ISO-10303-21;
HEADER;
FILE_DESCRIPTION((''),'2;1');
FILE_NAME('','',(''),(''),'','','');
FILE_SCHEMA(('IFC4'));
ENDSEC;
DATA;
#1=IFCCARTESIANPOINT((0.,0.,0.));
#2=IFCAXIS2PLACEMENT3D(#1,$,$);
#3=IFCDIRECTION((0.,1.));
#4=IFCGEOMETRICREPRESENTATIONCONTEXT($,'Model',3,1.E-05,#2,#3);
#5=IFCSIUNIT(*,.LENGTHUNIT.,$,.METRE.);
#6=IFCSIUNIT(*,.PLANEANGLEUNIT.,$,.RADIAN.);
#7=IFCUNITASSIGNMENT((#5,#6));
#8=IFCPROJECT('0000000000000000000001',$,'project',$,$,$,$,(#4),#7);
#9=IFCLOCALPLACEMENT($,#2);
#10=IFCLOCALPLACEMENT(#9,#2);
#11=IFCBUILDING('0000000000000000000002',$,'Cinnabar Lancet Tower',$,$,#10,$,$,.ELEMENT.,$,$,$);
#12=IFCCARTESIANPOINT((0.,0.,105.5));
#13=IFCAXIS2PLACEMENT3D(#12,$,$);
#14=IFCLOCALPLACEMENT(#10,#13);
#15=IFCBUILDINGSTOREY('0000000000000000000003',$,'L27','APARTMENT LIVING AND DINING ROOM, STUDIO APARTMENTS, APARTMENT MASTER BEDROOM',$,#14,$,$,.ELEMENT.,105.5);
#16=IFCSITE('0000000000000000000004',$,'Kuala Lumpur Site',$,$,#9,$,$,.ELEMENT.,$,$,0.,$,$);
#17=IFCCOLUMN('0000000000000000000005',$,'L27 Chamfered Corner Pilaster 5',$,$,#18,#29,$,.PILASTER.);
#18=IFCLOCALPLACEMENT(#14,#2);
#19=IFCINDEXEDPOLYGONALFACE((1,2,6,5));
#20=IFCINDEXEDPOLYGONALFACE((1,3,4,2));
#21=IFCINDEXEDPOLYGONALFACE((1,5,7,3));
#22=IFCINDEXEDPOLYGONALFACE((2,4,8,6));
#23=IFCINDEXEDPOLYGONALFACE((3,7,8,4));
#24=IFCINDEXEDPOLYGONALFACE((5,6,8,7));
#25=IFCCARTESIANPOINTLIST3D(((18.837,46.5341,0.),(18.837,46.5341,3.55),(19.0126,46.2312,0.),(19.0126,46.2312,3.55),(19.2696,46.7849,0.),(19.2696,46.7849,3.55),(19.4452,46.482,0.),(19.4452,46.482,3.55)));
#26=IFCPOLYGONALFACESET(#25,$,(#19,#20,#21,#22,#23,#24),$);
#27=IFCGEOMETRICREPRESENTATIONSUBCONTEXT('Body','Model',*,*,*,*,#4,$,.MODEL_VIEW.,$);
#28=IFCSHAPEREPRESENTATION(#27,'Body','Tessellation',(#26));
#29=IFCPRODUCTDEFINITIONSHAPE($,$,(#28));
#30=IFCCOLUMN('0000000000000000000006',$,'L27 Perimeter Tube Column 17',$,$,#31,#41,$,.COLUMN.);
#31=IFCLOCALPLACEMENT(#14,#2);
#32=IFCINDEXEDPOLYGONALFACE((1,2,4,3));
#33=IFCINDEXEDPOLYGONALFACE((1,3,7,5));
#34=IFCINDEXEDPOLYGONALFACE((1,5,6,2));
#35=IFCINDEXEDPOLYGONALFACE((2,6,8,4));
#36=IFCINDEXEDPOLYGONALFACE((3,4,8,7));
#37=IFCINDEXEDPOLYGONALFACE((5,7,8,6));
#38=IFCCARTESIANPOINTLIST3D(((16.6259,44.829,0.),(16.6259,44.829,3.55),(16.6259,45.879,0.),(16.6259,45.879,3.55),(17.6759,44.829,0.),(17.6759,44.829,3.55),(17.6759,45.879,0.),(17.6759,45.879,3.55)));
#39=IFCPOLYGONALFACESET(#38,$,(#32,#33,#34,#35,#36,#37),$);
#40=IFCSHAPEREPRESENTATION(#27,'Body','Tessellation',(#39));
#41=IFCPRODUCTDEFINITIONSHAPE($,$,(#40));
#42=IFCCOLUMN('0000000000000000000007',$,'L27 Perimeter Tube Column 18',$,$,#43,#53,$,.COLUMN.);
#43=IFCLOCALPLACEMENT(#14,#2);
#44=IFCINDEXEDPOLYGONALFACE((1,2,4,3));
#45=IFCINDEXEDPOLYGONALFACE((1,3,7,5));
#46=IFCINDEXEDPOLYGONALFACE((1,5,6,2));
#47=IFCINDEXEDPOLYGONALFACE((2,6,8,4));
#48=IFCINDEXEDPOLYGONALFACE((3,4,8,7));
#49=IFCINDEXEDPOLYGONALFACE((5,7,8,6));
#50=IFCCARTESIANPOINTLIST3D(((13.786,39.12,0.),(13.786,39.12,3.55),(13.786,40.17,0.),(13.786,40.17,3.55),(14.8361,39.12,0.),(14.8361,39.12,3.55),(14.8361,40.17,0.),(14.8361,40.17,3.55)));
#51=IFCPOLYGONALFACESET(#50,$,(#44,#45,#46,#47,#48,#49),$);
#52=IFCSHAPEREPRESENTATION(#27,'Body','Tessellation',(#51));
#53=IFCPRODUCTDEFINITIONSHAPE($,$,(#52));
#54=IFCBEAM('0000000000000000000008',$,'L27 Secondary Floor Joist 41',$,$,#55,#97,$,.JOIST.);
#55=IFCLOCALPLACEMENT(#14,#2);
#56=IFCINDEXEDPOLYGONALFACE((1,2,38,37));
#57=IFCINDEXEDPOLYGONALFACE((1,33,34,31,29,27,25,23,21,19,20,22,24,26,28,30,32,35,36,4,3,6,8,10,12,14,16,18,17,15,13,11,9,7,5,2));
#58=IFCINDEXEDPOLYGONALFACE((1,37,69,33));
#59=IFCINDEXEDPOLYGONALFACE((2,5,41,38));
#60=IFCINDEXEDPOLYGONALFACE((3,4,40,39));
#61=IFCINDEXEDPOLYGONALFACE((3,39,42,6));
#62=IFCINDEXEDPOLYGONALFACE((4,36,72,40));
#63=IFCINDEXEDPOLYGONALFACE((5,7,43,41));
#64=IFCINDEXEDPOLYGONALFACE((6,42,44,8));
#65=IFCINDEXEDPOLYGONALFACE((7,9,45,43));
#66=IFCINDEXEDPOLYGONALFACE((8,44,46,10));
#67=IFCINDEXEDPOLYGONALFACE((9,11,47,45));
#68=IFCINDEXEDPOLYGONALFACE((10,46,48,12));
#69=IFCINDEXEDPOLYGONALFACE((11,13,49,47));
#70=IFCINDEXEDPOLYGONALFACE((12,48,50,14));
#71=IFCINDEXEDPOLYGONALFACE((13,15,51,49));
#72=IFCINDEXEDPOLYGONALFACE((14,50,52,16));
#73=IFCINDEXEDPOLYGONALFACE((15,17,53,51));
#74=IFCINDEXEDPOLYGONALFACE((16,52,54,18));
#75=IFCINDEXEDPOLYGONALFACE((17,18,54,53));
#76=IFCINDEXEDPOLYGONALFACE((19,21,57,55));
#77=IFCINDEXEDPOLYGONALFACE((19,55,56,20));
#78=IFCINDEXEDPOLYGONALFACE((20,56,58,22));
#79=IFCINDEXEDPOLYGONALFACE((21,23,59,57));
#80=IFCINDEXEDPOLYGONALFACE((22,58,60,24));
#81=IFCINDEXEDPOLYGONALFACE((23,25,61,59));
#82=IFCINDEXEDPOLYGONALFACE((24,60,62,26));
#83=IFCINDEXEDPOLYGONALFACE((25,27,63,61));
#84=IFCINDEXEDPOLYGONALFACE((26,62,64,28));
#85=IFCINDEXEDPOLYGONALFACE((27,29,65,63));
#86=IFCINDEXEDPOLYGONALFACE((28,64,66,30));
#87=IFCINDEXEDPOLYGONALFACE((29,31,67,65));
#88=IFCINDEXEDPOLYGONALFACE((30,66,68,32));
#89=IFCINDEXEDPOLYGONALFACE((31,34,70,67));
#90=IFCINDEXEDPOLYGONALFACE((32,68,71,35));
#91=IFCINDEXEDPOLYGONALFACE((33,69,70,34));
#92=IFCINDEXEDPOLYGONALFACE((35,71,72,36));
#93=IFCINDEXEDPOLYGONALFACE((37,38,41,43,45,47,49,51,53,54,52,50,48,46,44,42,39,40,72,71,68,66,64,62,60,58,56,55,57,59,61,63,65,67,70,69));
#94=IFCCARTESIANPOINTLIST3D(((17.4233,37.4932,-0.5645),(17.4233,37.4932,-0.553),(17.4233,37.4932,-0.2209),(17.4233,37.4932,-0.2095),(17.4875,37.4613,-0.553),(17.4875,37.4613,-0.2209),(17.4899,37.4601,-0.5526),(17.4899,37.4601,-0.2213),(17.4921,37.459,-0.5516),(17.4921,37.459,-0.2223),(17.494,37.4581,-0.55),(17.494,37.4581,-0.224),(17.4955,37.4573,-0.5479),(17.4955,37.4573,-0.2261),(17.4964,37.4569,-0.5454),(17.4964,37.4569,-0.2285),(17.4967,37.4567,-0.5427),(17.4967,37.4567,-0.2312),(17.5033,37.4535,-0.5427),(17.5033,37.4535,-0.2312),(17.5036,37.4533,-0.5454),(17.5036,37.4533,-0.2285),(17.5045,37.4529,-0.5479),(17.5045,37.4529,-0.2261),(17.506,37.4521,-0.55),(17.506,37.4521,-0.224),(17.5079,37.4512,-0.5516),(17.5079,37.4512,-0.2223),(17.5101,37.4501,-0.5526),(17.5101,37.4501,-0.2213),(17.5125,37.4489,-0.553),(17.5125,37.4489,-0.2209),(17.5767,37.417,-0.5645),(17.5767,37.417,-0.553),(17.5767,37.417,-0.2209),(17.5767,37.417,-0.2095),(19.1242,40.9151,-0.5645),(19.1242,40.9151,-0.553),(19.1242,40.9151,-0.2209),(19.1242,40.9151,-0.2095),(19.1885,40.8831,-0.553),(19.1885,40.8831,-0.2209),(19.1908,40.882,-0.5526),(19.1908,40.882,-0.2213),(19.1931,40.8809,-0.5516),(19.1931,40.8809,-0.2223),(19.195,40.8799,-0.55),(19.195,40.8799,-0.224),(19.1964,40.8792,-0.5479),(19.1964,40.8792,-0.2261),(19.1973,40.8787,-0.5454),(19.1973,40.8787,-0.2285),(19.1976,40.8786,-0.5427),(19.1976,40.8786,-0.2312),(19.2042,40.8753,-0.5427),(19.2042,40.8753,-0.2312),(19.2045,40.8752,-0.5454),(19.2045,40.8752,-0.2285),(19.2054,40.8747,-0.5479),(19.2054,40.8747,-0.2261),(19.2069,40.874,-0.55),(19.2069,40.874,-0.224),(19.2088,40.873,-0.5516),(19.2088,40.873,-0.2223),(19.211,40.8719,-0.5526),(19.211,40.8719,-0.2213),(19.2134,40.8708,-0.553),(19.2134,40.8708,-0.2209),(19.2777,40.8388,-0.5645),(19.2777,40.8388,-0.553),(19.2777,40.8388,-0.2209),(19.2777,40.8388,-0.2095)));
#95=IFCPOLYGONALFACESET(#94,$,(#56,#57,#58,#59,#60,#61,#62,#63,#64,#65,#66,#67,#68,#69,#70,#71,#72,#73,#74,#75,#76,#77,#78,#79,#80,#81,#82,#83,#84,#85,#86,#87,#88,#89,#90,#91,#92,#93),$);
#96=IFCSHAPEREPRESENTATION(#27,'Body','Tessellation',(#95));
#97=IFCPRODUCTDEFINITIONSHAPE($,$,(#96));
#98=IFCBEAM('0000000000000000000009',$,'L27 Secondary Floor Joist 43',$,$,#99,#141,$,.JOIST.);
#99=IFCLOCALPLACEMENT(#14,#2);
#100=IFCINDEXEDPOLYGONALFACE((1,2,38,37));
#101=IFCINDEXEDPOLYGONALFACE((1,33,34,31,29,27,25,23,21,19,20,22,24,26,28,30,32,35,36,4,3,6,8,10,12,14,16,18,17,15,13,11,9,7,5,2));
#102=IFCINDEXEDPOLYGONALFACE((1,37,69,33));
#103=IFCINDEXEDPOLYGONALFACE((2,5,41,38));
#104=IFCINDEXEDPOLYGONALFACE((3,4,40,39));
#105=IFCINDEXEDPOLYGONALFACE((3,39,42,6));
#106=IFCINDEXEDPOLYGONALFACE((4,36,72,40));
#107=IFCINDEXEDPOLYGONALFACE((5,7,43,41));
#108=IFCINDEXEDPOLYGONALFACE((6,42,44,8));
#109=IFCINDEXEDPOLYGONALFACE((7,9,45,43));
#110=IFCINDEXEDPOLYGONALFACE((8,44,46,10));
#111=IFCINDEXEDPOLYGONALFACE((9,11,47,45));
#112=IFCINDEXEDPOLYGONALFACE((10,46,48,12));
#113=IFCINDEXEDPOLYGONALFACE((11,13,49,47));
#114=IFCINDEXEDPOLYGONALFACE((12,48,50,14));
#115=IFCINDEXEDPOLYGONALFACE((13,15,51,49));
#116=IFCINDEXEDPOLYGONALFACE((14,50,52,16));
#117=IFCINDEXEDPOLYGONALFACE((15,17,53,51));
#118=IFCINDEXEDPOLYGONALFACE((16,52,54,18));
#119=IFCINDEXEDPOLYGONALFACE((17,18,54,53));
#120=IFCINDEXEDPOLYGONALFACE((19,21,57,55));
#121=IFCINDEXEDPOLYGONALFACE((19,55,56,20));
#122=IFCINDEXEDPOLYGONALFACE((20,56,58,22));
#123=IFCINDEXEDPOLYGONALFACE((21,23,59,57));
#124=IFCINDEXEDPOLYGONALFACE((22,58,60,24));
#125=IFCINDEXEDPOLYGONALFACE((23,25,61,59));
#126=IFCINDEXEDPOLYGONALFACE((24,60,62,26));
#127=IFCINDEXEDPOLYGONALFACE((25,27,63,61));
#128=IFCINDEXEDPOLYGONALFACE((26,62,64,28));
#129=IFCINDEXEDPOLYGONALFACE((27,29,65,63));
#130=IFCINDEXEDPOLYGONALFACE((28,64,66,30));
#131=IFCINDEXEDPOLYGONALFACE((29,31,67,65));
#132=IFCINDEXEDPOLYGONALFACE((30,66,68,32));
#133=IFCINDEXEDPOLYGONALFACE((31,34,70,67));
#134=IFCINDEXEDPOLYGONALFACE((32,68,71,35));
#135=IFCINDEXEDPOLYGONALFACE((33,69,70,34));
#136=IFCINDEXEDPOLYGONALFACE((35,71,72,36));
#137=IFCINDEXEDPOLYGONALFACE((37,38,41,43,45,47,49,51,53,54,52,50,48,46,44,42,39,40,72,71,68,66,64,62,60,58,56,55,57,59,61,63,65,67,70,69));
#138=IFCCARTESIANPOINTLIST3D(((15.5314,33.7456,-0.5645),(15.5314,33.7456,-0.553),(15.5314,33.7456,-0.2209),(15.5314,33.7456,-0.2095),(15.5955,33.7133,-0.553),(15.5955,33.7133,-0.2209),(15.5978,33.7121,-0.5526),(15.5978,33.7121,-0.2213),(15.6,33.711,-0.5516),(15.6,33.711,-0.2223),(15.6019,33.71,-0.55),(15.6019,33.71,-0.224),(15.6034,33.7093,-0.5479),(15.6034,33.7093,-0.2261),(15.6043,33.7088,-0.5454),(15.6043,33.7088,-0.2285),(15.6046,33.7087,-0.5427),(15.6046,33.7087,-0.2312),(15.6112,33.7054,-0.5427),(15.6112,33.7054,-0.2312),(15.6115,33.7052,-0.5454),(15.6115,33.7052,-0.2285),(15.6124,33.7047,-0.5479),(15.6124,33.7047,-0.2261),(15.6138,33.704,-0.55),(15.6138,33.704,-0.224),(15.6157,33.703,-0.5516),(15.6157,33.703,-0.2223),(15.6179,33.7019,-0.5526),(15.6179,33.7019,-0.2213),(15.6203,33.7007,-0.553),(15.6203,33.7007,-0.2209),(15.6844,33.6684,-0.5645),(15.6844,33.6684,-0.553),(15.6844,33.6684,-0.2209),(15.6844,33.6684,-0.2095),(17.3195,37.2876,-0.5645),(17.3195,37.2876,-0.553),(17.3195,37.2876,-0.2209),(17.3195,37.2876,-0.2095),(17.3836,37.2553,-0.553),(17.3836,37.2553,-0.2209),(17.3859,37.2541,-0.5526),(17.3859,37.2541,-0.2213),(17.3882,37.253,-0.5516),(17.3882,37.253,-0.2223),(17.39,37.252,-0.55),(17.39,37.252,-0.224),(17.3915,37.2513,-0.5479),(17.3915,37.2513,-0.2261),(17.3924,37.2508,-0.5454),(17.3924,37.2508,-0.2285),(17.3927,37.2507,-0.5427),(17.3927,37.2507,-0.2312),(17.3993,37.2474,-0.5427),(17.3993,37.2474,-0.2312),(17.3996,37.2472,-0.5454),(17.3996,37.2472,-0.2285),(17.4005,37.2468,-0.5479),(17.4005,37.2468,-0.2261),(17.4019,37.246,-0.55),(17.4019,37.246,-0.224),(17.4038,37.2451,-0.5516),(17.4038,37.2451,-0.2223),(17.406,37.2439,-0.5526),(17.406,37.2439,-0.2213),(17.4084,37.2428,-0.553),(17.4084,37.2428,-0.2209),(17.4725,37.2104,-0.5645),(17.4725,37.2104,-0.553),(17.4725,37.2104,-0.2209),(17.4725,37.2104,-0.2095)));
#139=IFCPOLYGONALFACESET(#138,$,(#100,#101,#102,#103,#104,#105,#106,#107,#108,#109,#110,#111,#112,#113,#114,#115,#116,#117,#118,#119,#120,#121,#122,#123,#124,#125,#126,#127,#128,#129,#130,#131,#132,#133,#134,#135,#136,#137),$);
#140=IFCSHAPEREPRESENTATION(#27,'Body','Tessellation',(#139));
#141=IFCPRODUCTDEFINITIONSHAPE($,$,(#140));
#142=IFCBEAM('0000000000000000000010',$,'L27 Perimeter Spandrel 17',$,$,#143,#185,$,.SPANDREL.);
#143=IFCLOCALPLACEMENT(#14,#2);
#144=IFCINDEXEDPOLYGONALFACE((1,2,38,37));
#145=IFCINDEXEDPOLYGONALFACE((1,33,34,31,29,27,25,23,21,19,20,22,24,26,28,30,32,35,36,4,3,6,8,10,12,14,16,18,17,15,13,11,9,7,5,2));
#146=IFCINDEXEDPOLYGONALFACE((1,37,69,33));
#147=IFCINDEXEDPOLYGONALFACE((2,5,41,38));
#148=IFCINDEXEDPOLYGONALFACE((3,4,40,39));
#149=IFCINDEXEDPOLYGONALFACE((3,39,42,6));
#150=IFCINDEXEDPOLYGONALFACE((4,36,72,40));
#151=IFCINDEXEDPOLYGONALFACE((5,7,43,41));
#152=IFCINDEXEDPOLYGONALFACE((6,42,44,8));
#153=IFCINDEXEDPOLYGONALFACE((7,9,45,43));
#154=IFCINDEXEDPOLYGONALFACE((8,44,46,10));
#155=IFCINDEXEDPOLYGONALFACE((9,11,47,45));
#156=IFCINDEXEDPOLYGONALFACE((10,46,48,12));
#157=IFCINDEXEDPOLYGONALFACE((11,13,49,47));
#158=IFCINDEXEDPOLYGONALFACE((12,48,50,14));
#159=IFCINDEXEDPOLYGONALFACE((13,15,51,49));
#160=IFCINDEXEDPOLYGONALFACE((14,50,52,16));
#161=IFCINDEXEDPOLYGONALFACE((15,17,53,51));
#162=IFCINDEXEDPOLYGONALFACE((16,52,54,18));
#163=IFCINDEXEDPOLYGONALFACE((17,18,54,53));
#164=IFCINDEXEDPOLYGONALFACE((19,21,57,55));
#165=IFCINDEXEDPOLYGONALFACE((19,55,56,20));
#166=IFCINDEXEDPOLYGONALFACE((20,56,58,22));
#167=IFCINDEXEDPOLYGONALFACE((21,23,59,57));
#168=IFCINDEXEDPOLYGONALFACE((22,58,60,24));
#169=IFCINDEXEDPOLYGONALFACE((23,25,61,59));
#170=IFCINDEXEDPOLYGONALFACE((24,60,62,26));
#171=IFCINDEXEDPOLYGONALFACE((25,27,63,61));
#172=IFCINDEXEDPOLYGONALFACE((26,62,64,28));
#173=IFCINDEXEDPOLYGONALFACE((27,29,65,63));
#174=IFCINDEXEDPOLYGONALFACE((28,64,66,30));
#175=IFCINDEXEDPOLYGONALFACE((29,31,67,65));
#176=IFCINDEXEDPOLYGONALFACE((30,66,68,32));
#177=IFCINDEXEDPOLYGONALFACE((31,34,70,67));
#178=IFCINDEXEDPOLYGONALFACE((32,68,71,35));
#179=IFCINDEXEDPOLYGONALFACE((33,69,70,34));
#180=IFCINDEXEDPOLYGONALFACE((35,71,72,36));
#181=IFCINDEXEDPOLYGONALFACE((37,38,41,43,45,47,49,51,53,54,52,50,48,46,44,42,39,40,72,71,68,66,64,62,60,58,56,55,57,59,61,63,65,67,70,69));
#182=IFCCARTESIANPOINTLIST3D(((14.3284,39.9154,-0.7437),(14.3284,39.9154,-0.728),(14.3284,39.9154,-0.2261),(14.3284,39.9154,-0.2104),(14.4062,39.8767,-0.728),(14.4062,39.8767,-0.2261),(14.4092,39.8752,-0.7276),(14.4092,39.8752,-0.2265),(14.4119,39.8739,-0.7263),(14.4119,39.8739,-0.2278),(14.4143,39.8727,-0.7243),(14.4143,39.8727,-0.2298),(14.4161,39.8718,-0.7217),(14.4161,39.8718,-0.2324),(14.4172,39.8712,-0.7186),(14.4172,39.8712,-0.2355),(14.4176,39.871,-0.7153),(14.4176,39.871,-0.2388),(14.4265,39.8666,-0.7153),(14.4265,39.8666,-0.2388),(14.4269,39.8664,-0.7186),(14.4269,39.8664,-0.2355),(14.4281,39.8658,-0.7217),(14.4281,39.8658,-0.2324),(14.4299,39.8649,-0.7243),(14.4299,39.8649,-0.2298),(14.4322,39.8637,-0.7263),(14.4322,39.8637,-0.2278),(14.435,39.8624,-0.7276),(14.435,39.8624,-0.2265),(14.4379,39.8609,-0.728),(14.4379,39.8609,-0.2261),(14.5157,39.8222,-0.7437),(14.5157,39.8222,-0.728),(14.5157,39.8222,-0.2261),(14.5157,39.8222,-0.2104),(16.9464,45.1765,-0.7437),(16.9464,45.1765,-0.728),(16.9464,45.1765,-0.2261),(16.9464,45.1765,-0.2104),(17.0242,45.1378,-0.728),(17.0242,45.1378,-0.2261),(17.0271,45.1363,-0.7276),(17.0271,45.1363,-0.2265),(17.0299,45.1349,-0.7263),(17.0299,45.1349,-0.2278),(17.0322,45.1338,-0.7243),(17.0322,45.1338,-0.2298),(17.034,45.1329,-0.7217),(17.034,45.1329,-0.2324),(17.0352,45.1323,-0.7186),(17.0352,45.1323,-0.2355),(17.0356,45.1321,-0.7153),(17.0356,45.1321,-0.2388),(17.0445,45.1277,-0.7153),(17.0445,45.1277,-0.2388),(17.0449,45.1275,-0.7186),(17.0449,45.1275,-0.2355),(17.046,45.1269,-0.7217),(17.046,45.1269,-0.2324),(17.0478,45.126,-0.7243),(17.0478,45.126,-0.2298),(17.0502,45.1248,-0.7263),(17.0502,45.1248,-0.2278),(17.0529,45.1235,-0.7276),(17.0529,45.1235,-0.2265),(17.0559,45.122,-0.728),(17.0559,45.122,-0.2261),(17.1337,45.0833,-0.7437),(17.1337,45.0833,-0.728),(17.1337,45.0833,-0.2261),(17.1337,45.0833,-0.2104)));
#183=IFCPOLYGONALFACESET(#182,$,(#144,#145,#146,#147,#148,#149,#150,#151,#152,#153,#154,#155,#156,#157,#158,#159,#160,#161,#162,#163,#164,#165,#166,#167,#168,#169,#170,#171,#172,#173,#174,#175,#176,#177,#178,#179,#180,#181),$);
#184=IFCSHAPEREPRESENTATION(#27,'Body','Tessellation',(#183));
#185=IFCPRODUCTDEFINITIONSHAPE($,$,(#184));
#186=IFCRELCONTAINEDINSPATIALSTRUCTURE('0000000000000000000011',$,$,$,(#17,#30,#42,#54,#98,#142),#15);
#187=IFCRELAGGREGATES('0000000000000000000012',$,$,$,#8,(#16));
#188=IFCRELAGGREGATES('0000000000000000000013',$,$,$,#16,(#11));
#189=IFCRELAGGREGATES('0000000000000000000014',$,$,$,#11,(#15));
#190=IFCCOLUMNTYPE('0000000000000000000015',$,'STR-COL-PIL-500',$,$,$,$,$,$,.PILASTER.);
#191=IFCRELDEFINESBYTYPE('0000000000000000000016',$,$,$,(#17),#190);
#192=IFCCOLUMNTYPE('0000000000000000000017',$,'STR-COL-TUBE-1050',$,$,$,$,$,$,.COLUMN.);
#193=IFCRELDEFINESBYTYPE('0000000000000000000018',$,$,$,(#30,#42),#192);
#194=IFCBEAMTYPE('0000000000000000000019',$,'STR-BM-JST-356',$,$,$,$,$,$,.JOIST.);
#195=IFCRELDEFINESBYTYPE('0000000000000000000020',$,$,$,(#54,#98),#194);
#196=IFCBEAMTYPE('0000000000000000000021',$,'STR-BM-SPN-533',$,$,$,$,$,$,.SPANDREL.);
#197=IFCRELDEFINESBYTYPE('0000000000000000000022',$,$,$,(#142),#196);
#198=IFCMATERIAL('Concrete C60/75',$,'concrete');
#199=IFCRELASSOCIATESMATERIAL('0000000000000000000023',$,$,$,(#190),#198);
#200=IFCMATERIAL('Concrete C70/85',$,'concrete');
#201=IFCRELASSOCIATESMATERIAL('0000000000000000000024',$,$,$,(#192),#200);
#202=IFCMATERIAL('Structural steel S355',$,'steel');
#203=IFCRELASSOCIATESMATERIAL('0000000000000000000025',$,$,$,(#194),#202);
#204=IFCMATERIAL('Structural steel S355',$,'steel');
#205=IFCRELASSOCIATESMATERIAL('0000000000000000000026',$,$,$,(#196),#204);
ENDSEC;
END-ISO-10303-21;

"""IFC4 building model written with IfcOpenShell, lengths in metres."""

from ifc_helpers import new_model, si_unit, direction, frame, origin, origin_2d, place, context, subcontext, project, spatial, rectangle, i_section, extrude, material, material_profile, profile_set, type_object, element, save


model = new_model("IFC4")

# Units and contexts
model_context = context("Model", 3, precision=1e-05, world=origin(), true_north=direction((0.0, 1.0)))
body_context = subcontext(model_context, "Body", "Model", "MODEL_VIEW")
ifc_project = project(units=[si_unit("LENGTHUNIT", "METRE"), si_unit("PLANEANGLEUNIT", "RADIAN")], contexts=[model_context])

# Site, building, storey
site_placement = place(None, origin())
site = spatial("IfcSite", under=ifc_project, at=site_placement, Name="Kuala Lumpur Site", CompositionType="ELEMENT", RefElevation=0.0)
building_placement = place(site_placement, origin())
building = spatial("IfcBuilding", under=site, at=building_placement, Name="Cinnabar Lancet Tower", CompositionType="ELEMENT")
storey_placement = place(building_placement, frame((0.0, 0.0, 105.5)))
storey = spatial("IfcBuildingStorey", under=building, at=storey_placement, Name="L27", Description="APARTMENT LIVING AND DINING ROOM, STUDIO APARTMENTS, APARTMENT MASTER BEDROOM", CompositionType="ELEMENT", Elevation=105.5)

# Columns
ifc_material_1 = material(Name="Concrete C60/75", Category="concrete")
ifc_material_profile_1 = material_profile(ifc_material_1, rectangle(XDim=0.5, YDim=0.3501, at=origin_2d()), Name="RC-PIL 500x350")
ifc_profile_set_1 = profile_set([ifc_material_profile_1], Name="Concrete C60/75")
column_type_1 = type_object("IfcColumnType", Name="STR-COL-PIL-500", PredefinedType="PILASTER", material=ifc_profile_set_1)
column_placement = place(storey_placement, frame((19.1411, 46.5081, 0.0), z_axis=(0.0, 0.0, 1.0), x_axis=(-0.86516, -0.501496, 0.0)))
element("IfcColumn", 1, at=column_placement, inside=storey, type_object=column_type_1, Name="L27 Chamfered Corner Pilaster 5", PredefinedType="PILASTER", context=body_context, shape_type="SweptSolid", body=[
    extrude(rectangle(XDim=0.5, YDim=0.3501, at=origin_2d()), origin(), (0.0, 0.0, 1.0), 3.55),
])
ifc_material_2 = material(Name="Concrete C70/85", Category="concrete")
ifc_material_profile_2 = material_profile(ifc_material_2, rectangle(XDim=1.05, YDim=1.05, at=origin_2d()), Name="RC-COL 1050x1050")
ifc_profile_set_2 = profile_set([ifc_material_profile_2], Name="Concrete C70/85")
column_type_2 = type_object("IfcColumnType", Name="STR-COL-TUBE-1050", PredefinedType="COLUMN", material=ifc_profile_set_2)
for number, where, z_axis, x_axis, name in (
    (2, (17.1509, 45.354, 0.0), (0.0, 0.0, 1.0), (1.0, 0.0, 0.0), "L27 Perimeter Tube Column 17"),
    (3, (14.311, 39.645, 0.0), (0.0, 0.0, 1.0), (1.0, 0.0, 0.0), "L27 Perimeter Tube Column 18"),
):
    element("IfcColumn", number, at=place(storey_placement, frame(where, z_axis=z_axis, x_axis=x_axis)), inside=storey, type_object=column_type_2, Name=name, PredefinedType="COLUMN", context=body_context, shape_type="SweptSolid", body=[
        extrude(rectangle(XDim=1.05, YDim=1.05, at=origin_2d()), origin(), (0.0, 0.0, 1.0), 3.55),
    ])

# Beams
ifc_material_3 = material(Name="Structural steel S355", Category="steel")
ifc_material_profile_3 = material_profile(ifc_material_3, i_section(OverallWidth=0.1714, OverallDepth=0.355, WebThickness=0.0073, FlangeThickness=0.0115, FilletRadius=0.0103, at=origin_2d()), Name="UKB 356x171x51")
ifc_profile_set_3 = profile_set([ifc_material_profile_3], Name="Structural steel S355")
beam_type_1 = type_object("IfcBeamType", Name="STR-BM-JST-356", PredefinedType="JOIST", material=ifc_profile_set_3)
beam_1_placement = place(storey_placement, frame((19.2009, 40.877, -0.387), z_axis=(-0.445117, -0.895473, 0.0), x_axis=(0.895473, -0.445117, 0.0)))
element("IfcBeam", 4, at=beam_1_placement, inside=storey, type_object=beam_type_1, Name="L27 Secondary Floor Joist 41", PredefinedType="JOIST", context=body_context, shape_type="SweptSolid", body=[
    extrude(i_section(OverallWidth=0.1714, OverallDepth=0.355, WebThickness=0.0073, FlangeThickness=0.0115, FilletRadius=0.0103, at=origin_2d()), origin(), (0.0, 0.0, 1.0), 3.8213),
])
beam_2_placement = place(storey_placement, frame((17.396, 37.249, -0.387), z_axis=(-0.450656, -0.892698, 0.0), x_axis=(0.892698, -0.450656, 0.0)))
element("IfcBeam", 5, at=beam_2_placement, inside=storey, type_object=beam_type_1, Name="L27 Secondary Floor Joist 43", PredefinedType="JOIST", context=body_context, shape_type="SweptSolid", body=[
    extrude(i_section(OverallWidth=0.1714, OverallDepth=0.355, WebThickness=0.0073, FlangeThickness=0.0115, FilletRadius=0.0103, at=origin_2d()), origin(), (0.0, 0.0, 1.0), 3.9678),
])
ifc_material_4 = material(Name="Structural steel S355", Category="steel")
ifc_material_profile_4 = material_profile(ifc_material_4, i_section(OverallWidth=0.2092, OverallDepth=0.5332, WebThickness=0.01, FlangeThickness=0.0156, FilletRadius=0.0127, at=origin_2d()), Name="UKB 533x210x92")
ifc_profile_set_4 = profile_set([ifc_material_profile_4], Name="Structural steel S355")
beam_type_2 = type_object("IfcBeamType", Name="STR-BM-SPN-533", PredefinedType="SPANDREL", material=ifc_profile_set_4)
beam_3_placement = place(storey_placement, frame((17.04, 45.1299, -0.4771), z_axis=(-0.445501, -0.895281, 0.0), x_axis=(0.895281, -0.445501, 0.0)))
element("IfcBeam", 6, at=beam_3_placement, inside=storey, type_object=beam_type_2, Name="L27 Perimeter Spandrel 17", PredefinedType="SPANDREL", context=body_context, shape_type="SweptSolid", body=[
    extrude(i_section(OverallWidth=0.2092, OverallDepth=0.5332, WebThickness=0.01, FlangeThickness=0.0156, FilletRadius=0.0127, at=origin_2d()), origin(), (0.0, 0.0, 1.0), 5.8765),
])

save(model, "model.ifc")
